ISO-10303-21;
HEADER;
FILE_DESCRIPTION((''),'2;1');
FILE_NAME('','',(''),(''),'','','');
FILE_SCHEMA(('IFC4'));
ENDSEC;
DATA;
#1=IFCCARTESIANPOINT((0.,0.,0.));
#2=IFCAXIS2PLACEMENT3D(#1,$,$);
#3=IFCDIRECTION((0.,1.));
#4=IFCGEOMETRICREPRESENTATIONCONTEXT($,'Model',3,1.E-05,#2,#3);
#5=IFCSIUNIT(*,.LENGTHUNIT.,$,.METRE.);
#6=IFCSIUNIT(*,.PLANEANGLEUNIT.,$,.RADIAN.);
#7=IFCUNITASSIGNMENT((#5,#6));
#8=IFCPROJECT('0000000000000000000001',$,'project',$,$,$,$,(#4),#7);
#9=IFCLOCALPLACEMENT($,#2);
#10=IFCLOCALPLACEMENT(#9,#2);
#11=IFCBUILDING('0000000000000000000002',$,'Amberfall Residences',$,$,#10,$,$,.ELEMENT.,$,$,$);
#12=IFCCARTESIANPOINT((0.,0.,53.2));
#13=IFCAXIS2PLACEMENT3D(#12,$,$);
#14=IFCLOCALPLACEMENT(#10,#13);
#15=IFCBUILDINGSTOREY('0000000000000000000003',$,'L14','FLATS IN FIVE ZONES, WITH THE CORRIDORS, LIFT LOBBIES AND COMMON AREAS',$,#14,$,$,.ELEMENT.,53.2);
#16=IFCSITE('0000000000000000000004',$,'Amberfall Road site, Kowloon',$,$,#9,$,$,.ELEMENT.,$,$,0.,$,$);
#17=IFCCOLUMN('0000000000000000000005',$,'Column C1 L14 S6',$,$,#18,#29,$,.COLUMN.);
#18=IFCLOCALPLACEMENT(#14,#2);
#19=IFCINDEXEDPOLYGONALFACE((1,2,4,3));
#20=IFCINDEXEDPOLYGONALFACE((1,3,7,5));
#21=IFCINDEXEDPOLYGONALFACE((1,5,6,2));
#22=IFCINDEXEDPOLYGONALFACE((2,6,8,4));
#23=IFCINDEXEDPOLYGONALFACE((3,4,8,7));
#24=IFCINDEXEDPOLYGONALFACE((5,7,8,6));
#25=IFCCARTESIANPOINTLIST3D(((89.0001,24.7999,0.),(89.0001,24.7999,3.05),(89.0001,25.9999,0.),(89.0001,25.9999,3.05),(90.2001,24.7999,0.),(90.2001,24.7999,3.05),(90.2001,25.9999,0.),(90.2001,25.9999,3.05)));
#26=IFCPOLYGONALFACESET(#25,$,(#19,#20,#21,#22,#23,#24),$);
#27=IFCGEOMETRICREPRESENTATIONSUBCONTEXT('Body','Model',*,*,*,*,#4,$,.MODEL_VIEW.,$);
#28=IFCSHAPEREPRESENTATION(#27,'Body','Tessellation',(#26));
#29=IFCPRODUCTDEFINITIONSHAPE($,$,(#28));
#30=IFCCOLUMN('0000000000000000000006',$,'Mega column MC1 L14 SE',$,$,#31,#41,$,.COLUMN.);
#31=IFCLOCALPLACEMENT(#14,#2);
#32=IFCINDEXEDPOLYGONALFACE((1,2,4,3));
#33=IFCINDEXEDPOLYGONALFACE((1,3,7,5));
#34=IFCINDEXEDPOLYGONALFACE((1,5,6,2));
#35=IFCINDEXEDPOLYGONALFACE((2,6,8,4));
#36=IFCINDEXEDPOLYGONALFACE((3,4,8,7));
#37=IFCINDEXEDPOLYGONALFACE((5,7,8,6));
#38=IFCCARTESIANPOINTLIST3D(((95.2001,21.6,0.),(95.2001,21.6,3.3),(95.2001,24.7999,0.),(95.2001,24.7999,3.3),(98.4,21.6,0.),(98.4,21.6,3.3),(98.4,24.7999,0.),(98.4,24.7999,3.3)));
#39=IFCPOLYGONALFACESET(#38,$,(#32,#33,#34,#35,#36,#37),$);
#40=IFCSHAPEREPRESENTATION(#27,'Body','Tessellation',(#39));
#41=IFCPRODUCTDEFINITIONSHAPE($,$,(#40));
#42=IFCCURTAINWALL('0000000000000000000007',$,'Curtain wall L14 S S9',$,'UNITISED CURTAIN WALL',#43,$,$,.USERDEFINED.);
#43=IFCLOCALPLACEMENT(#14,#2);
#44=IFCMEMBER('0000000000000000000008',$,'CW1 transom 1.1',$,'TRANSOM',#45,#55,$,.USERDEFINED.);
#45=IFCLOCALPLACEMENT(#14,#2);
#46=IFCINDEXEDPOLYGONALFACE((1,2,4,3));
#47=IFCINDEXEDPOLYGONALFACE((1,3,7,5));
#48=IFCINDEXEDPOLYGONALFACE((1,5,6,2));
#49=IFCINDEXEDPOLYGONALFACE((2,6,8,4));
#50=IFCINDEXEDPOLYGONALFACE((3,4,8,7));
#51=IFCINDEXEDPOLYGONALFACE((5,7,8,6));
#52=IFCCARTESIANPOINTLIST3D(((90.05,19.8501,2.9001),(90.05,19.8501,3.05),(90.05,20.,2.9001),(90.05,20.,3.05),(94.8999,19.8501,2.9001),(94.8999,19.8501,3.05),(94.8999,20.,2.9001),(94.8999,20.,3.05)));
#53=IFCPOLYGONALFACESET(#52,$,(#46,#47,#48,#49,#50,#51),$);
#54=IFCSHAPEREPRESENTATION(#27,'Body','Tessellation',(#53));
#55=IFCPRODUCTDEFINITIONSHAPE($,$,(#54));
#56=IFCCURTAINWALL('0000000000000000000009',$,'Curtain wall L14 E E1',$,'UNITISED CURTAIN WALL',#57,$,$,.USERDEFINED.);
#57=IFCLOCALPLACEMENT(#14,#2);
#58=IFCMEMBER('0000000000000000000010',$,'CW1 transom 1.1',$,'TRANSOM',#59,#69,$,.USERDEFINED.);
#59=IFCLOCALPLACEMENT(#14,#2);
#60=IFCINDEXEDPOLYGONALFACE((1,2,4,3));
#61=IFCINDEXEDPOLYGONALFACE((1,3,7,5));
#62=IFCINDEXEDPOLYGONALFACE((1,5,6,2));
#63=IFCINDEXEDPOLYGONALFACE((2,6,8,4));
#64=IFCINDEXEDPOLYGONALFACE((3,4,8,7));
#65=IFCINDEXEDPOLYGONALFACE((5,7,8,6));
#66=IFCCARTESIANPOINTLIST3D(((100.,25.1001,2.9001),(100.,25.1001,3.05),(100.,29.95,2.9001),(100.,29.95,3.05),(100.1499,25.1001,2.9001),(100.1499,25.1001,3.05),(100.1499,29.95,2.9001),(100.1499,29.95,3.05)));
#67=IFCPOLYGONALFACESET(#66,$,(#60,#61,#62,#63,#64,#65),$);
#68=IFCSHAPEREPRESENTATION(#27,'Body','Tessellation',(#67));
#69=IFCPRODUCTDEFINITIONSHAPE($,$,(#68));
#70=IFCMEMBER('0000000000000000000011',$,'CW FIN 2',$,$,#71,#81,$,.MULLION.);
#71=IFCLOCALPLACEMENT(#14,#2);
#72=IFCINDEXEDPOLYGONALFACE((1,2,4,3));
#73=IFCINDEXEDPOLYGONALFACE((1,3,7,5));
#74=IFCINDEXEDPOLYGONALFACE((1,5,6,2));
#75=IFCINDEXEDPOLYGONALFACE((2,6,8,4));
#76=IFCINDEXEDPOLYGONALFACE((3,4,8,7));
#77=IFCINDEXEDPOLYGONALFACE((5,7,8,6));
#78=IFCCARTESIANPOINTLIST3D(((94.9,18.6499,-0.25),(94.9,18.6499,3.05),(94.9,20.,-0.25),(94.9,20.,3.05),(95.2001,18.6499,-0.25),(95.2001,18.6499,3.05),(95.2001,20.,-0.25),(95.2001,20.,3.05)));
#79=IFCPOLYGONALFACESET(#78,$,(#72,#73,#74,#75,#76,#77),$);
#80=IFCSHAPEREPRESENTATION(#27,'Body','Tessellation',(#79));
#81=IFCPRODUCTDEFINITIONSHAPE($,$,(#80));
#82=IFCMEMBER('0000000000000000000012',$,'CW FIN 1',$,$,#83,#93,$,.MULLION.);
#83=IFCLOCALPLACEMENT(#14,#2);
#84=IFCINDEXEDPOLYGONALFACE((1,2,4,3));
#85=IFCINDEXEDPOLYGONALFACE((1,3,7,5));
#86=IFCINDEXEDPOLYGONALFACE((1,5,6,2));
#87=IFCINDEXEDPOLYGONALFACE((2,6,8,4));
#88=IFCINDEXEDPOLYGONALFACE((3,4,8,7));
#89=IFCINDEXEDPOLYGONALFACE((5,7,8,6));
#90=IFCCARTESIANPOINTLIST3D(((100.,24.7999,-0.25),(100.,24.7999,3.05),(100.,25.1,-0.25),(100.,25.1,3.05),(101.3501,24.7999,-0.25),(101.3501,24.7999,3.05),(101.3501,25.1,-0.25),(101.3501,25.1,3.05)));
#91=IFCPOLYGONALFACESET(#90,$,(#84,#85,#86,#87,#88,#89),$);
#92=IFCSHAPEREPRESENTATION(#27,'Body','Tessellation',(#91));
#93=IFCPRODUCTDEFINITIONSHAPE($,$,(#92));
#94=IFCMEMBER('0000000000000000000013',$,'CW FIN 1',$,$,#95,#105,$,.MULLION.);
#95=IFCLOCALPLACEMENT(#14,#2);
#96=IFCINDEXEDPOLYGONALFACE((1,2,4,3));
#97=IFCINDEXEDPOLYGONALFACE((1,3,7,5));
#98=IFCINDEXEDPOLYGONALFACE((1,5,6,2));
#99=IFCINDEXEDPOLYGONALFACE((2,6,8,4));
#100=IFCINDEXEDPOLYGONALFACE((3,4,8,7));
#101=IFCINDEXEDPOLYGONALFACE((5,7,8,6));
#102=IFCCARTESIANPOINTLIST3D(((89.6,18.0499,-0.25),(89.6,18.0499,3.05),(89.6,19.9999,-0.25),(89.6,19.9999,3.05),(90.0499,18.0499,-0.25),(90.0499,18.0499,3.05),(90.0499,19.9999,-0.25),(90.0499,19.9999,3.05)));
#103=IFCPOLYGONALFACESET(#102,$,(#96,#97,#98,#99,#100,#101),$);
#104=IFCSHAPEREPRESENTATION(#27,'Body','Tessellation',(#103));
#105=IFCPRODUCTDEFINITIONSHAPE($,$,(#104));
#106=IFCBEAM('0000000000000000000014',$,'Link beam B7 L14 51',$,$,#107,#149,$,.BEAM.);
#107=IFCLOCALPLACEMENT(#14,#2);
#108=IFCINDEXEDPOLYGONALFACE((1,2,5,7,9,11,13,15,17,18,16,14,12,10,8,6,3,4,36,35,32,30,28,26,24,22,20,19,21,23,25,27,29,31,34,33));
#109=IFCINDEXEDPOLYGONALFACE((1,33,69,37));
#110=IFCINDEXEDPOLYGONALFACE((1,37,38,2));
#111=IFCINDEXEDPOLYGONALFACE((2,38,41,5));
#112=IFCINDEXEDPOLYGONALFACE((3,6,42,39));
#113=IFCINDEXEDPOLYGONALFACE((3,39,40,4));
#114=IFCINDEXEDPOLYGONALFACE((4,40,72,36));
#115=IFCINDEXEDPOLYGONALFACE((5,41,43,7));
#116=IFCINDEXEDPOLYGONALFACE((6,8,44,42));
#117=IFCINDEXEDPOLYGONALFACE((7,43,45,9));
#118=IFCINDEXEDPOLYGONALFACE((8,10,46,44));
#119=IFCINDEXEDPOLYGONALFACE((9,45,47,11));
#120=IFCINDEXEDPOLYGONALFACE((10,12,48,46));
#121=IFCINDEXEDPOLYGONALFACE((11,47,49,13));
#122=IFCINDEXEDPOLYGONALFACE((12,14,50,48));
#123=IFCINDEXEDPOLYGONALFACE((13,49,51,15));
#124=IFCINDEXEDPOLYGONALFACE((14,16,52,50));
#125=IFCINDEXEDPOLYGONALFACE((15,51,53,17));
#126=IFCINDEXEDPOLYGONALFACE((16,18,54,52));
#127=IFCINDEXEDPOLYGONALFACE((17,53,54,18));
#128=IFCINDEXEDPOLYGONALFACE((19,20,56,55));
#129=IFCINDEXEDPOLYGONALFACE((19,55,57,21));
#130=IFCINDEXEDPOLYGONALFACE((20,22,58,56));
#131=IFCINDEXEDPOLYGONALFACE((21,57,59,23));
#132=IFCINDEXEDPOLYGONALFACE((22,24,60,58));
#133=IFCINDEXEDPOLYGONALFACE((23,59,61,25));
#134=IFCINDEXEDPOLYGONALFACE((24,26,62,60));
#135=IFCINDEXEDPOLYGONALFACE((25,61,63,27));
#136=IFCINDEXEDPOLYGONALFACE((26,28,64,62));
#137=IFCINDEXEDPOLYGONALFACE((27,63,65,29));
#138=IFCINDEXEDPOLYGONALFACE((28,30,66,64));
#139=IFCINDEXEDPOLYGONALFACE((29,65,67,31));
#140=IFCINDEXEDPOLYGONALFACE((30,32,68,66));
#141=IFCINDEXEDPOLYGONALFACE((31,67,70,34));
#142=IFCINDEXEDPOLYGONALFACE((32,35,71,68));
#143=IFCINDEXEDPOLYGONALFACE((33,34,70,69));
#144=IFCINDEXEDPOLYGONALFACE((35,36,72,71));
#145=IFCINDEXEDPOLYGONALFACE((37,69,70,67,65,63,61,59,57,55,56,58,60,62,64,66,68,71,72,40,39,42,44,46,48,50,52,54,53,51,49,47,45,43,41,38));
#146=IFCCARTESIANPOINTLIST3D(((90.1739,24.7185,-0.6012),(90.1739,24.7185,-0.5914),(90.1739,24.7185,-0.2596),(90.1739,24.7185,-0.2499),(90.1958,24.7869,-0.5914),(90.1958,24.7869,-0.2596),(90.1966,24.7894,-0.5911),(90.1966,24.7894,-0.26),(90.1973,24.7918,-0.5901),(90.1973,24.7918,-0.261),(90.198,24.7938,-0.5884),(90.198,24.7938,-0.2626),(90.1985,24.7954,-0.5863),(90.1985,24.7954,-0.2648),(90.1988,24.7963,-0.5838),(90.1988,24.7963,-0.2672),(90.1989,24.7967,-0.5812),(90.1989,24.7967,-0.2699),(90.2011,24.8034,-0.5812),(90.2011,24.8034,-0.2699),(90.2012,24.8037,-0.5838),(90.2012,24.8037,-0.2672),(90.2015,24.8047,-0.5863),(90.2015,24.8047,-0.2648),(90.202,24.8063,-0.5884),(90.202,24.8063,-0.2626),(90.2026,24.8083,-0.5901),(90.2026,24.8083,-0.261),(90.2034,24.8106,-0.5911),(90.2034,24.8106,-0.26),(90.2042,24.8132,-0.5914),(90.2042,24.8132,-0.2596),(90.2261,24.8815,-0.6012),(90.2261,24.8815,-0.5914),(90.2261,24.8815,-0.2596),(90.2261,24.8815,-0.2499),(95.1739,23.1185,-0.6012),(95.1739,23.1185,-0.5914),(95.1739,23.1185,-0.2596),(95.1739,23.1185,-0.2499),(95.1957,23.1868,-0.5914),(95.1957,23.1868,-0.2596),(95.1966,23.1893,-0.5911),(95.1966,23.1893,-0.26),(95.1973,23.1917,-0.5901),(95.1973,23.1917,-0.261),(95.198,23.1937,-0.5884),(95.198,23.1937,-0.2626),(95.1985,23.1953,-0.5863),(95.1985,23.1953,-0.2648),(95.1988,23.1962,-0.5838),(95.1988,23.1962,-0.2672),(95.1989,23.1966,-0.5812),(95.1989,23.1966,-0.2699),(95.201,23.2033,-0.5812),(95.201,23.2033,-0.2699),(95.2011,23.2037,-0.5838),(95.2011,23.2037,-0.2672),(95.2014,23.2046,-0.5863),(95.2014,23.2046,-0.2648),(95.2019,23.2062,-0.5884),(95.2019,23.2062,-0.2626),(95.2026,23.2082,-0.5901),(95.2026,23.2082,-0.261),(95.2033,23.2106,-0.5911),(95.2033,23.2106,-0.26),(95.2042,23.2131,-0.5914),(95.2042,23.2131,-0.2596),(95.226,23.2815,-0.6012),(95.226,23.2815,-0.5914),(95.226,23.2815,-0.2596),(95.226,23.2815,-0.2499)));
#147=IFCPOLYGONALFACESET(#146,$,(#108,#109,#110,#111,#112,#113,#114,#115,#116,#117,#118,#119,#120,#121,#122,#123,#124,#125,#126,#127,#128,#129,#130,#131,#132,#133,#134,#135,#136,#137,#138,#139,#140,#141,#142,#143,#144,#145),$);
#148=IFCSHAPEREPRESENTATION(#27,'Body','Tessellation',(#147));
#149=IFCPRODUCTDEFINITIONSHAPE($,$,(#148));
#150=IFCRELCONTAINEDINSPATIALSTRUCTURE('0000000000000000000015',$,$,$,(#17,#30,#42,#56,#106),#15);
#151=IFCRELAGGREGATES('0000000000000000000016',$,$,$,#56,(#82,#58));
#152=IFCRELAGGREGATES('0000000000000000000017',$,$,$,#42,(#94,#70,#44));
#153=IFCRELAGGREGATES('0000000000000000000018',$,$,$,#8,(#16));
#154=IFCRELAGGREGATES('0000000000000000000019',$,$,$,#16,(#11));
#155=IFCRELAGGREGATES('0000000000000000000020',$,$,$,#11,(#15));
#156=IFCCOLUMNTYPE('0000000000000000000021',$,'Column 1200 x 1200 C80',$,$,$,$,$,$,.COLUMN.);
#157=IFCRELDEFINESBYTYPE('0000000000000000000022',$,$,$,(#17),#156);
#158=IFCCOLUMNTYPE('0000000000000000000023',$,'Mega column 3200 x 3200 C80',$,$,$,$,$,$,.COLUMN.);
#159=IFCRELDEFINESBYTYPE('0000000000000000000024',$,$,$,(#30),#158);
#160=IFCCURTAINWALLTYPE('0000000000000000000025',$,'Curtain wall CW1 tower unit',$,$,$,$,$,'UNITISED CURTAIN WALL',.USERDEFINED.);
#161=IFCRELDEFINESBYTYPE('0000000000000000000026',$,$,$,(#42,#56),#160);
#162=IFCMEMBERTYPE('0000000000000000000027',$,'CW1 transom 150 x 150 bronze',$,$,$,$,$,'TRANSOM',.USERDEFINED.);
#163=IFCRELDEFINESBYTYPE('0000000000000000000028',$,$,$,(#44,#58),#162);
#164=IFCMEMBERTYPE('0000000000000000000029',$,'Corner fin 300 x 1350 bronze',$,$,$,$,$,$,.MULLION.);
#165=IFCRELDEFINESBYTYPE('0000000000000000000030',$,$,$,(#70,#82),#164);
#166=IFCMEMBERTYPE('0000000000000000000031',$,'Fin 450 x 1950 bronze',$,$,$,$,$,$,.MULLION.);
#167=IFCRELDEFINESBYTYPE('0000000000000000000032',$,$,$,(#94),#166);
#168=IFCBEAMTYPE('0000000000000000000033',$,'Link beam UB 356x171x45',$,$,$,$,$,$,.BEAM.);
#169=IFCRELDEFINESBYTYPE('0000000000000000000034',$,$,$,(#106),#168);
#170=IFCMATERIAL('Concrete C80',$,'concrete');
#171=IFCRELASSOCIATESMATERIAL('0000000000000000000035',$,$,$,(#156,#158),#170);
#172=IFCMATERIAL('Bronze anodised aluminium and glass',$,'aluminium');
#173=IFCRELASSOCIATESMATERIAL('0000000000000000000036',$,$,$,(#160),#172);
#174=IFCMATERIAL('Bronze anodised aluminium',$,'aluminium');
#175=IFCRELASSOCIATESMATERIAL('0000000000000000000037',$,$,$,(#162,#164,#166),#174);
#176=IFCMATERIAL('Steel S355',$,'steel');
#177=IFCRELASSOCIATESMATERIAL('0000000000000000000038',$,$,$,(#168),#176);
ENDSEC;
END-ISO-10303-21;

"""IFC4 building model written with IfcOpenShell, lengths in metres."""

from ifc_helpers import new_model, si_unit, direction, frame, origin, origin_2d, place, context, subcontext, project, spatial, rectangle, i_section, extrude, material, material_profile, profile_set, type_object, element, aggregate, save


model = new_model("IFC4")

# Units and contexts
model_context = context("Model", 3, precision=1e-05, world=origin(), true_north=direction((0.0, 1.0)))
body_context = subcontext(model_context, "Body", "Model", "MODEL_VIEW")
ifc_project = project(units=[si_unit("LENGTHUNIT", "METRE"), si_unit("PLANEANGLEUNIT", "RADIAN")], contexts=[model_context])

# Site, building, storey
site_placement = place(None, origin())
site = spatial("IfcSite", under=ifc_project, at=site_placement, Name="Amberfall Road site, Kowloon", CompositionType="ELEMENT", RefElevation=0.0)
building_placement = place(site_placement, origin())
building = spatial("IfcBuilding", under=site, at=building_placement, Name="Amberfall Residences", CompositionType="ELEMENT")
storey_placement = place(building_placement, frame((0.0, 0.0, 53.2)))
storey = spatial("IfcBuildingStorey", under=building, at=storey_placement, Name="L14", Description="FLATS IN FIVE ZONES, WITH THE CORRIDORS, LIFT LOBBIES AND COMMON AREAS", CompositionType="ELEMENT", Elevation=53.2)

# Columns
ifc_material_1 = material(Name="Concrete C80", Category="concrete")
ifc_material_profile_1 = material_profile(ifc_material_1, rectangle(XDim=1.2, YDim=1.2, at=origin_2d()), Name="Column 1200 x 1200 C80")
ifc_profile_set_1 = profile_set([ifc_material_profile_1], Name="Concrete C80")
column_type_1 = type_object("IfcColumnType", Name="Column 1200 x 1200 C80", PredefinedType="COLUMN", material=ifc_profile_set_1)
column_1_placement = place(storey_placement, frame((89.6001, 25.3999, 0.0), z_axis=(0.0, 0.0, 1.0), x_axis=(1.0, 0.0, 0.0)))
element("IfcColumn", 1, at=column_1_placement, inside=storey, type_object=column_type_1, Name="Column C1 L14 S6", PredefinedType="COLUMN", context=body_context, shape_type="SweptSolid", body=[
    extrude(rectangle(XDim=1.2, YDim=1.2, at=origin_2d()), origin(), (0.0, 0.0, 1.0), 3.05),
])
ifc_material_profile_2 = material_profile(ifc_material_1, rectangle(XDim=3.2, YDim=3.2, at=origin_2d()), Name="Mega column 3200 x 3200 C80")
ifc_profile_set_2 = profile_set([ifc_material_profile_2], Name="Concrete C80")
column_type_2 = type_object("IfcColumnType", Name="Mega column 3200 x 3200 C80", PredefinedType="COLUMN", material=ifc_profile_set_2)
column_2_placement = place(storey_placement, frame((96.8, 23.2, 0.0), z_axis=(0.0, 0.0, 1.0), x_axis=(1.0, 0.0, 0.0)))
element("IfcColumn", 2, at=column_2_placement, inside=storey, type_object=column_type_2, Name="Mega column MC1 L14 SE", PredefinedType="COLUMN", context=body_context, shape_type="SweptSolid", body=[
    extrude(rectangle(XDim=3.2, YDim=3.2, at=origin_2d()), origin(), (0.0, 0.0, 1.0), 3.3),
])

# Curtain walls, members
ifc_material_2 = material(Name="Bronze anodised aluminium and glass", Category="aluminium")
curtain_wall_type = type_object("IfcCurtainWallType", Name="Curtain wall CW1 tower unit", ElementType="UNITISED CURTAIN WALL", PredefinedType="USERDEFINED", material=ifc_material_2)
curtain_wall_1_placement = place(storey_placement, origin())
curtain_wall_1 = element("IfcCurtainWall", 3, at=curtain_wall_1_placement, inside=storey, type_object=curtain_wall_type, Name="Curtain wall L14 S S9", ObjectType="UNITISED CURTAIN WALL", PredefinedType="USERDEFINED")
ifc_material_3 = material(Name="Bronze anodised aluminium", Category="aluminium")
ifc_material_profile_3 = material_profile(ifc_material_3, rectangle(XDim=0.1499, YDim=0.1499, at=origin_2d()), Name="CW1 transom 150 x 150 bronze")
ifc_profile_set_3 = profile_set([ifc_material_profile_3], Name="Bronze anodised aluminium")
member_type_1 = type_object("IfcMemberType", Name="CW1 transom 150 x 150 bronze", ElementType="TRANSOM", PredefinedType="USERDEFINED", material=ifc_profile_set_3)
member_1_placement = place(storey_placement, frame((90.05, 19.925, 2.9751), z_axis=(1.0, 0.0, 0.0), x_axis=(0.0, 1.0, 0.0)))
member_1 = element("IfcMember", 4, at=member_1_placement, type_object=member_type_1, Name="CW1 transom 1.1", ObjectType="TRANSOM", PredefinedType="USERDEFINED", context=body_context, shape_type="SweptSolid", body=[
    extrude(rectangle(XDim=0.1499, YDim=0.1499, at=origin_2d()), origin(), (0.0, 0.0, 1.0), 4.8499),
])
curtain_wall_2_placement = place(storey_placement, origin())
curtain_wall_2 = element("IfcCurtainWall", 5, at=curtain_wall_2_placement, inside=storey, type_object=curtain_wall_type, Name="Curtain wall L14 E E1", ObjectType="UNITISED CURTAIN WALL", PredefinedType="USERDEFINED")
member_2_placement = place(storey_placement, frame((100.075, 25.1001, 2.9751), z_axis=(0.0, 1.0, 0.0), x_axis=(-1.0, 0.0, 0.0)))
member_2 = element("IfcMember", 6, at=member_2_placement, type_object=member_type_1, Name="CW1 transom 1.1", ObjectType="TRANSOM", PredefinedType="USERDEFINED", context=body_context, shape_type="SweptSolid", body=[
    extrude(rectangle(XDim=0.1499, YDim=0.1499, at=origin_2d()), origin(), (0.0, 0.0, 1.0), 4.8499),
])

# Members
ifc_material_profile_4 = material_profile(ifc_material_3, rectangle(XDim=1.3501, YDim=0.3, at=origin_2d()), Name="Corner fin 300 x 1350 bronze")
ifc_profile_set_4 = profile_set([ifc_material_profile_4], Name="Bronze anodised aluminium")
member_type_2 = type_object("IfcMemberType", Name="Corner fin 300 x 1350 bronze", PredefinedType="MULLION", material=ifc_profile_set_4)
member_3_placement = place(storey_placement, frame((95.05, 19.325, -0.25), z_axis=(0.0, 0.0, 1.0), x_axis=(0.0, 1.0, 0.0)))
member_3 = element("IfcMember", 7, at=member_3_placement, type_object=member_type_2, Name="CW FIN 2", PredefinedType="MULLION", context=body_context, shape_type="SweptSolid", body=[
    extrude(rectangle(XDim=1.3501, YDim=0.3, at=origin_2d()), origin(), (0.0, 0.0, 1.0), 3.3),
])
member_4_placement = place(storey_placement, frame((100.675, 24.95, -0.25), z_axis=(0.0, 0.0, 1.0), x_axis=(-1.0, 0.0, 0.0)))
member_4 = element("IfcMember", 8, at=member_4_placement, type_object=member_type_2, Name="CW FIN 1", PredefinedType="MULLION", context=body_context, shape_type="SweptSolid", body=[
    extrude(rectangle(XDim=1.3501, YDim=0.3, at=origin_2d()), origin(), (0.0, 0.0, 1.0), 3.3),
])
aggregate(curtain_wall_2, [member_4, member_2])
ifc_material_profile_5 = material_profile(ifc_material_3, rectangle(XDim=1.95, YDim=0.45, at=origin_2d()), Name="Fin 450 x 1950 bronze")
ifc_profile_set_5 = profile_set([ifc_material_profile_5], Name="Bronze anodised aluminium")
member_type_3 = type_object("IfcMemberType", Name="Fin 450 x 1950 bronze", PredefinedType="MULLION", material=ifc_profile_set_5)
member_5_placement = place(storey_placement, frame((89.825, 19.0249, -0.25), z_axis=(0.0, 0.0, 1.0), x_axis=(0.0, 1.0, 0.0)))
member_5 = element("IfcMember", 9, at=member_5_placement, type_object=member_type_3, Name="CW FIN 1", PredefinedType="MULLION", context=body_context, shape_type="SweptSolid", body=[
    extrude(rectangle(XDim=1.95, YDim=0.45, at=origin_2d()), origin(), (0.0, 0.0, 1.0), 3.3),
])

# Beam
ifc_material_4 = material(Name="Steel S355", Category="steel")
ifc_material_profile_6 = material_profile(ifc_material_4, i_section(OverallWidth=0.1711, OverallDepth=0.3513, WebThickness=0.0071, FlangeThickness=0.0098, FilletRadius=0.0103, at=origin_2d()), Name="UB 356x171x45")
ifc_profile_set_6 = profile_set([ifc_material_profile_6], Name="Steel S355")
beam_type = type_object("IfcBeamType", Name="Link beam UB 356x171x45", PredefinedType="BEAM", material=ifc_profile_set_6)
beam_1_placement = place(storey_placement, frame((95.2, 23.2, -0.4255), z_axis=(-0.952419, 0.304793, 0.0), x_axis=(-0.304793, -0.952419, 0.0)))
element("IfcBeam", 10, at=beam_1_placement, inside=storey, type_object=beam_type, Name="Link beam B7 L14 51", PredefinedType="BEAM", context=body_context, shape_type="SweptSolid", body=[
    extrude(i_section(OverallWidth=0.1711, OverallDepth=0.3513, WebThickness=0.0071, FlangeThickness=0.0098, FilletRadius=0.0103, at=origin_2d()), origin(), (0.0, 0.0, 1.0), 5.2498),
])

aggregate(curtain_wall_1, [member_5, member_3, member_1])

save(model, "model.ifc")
